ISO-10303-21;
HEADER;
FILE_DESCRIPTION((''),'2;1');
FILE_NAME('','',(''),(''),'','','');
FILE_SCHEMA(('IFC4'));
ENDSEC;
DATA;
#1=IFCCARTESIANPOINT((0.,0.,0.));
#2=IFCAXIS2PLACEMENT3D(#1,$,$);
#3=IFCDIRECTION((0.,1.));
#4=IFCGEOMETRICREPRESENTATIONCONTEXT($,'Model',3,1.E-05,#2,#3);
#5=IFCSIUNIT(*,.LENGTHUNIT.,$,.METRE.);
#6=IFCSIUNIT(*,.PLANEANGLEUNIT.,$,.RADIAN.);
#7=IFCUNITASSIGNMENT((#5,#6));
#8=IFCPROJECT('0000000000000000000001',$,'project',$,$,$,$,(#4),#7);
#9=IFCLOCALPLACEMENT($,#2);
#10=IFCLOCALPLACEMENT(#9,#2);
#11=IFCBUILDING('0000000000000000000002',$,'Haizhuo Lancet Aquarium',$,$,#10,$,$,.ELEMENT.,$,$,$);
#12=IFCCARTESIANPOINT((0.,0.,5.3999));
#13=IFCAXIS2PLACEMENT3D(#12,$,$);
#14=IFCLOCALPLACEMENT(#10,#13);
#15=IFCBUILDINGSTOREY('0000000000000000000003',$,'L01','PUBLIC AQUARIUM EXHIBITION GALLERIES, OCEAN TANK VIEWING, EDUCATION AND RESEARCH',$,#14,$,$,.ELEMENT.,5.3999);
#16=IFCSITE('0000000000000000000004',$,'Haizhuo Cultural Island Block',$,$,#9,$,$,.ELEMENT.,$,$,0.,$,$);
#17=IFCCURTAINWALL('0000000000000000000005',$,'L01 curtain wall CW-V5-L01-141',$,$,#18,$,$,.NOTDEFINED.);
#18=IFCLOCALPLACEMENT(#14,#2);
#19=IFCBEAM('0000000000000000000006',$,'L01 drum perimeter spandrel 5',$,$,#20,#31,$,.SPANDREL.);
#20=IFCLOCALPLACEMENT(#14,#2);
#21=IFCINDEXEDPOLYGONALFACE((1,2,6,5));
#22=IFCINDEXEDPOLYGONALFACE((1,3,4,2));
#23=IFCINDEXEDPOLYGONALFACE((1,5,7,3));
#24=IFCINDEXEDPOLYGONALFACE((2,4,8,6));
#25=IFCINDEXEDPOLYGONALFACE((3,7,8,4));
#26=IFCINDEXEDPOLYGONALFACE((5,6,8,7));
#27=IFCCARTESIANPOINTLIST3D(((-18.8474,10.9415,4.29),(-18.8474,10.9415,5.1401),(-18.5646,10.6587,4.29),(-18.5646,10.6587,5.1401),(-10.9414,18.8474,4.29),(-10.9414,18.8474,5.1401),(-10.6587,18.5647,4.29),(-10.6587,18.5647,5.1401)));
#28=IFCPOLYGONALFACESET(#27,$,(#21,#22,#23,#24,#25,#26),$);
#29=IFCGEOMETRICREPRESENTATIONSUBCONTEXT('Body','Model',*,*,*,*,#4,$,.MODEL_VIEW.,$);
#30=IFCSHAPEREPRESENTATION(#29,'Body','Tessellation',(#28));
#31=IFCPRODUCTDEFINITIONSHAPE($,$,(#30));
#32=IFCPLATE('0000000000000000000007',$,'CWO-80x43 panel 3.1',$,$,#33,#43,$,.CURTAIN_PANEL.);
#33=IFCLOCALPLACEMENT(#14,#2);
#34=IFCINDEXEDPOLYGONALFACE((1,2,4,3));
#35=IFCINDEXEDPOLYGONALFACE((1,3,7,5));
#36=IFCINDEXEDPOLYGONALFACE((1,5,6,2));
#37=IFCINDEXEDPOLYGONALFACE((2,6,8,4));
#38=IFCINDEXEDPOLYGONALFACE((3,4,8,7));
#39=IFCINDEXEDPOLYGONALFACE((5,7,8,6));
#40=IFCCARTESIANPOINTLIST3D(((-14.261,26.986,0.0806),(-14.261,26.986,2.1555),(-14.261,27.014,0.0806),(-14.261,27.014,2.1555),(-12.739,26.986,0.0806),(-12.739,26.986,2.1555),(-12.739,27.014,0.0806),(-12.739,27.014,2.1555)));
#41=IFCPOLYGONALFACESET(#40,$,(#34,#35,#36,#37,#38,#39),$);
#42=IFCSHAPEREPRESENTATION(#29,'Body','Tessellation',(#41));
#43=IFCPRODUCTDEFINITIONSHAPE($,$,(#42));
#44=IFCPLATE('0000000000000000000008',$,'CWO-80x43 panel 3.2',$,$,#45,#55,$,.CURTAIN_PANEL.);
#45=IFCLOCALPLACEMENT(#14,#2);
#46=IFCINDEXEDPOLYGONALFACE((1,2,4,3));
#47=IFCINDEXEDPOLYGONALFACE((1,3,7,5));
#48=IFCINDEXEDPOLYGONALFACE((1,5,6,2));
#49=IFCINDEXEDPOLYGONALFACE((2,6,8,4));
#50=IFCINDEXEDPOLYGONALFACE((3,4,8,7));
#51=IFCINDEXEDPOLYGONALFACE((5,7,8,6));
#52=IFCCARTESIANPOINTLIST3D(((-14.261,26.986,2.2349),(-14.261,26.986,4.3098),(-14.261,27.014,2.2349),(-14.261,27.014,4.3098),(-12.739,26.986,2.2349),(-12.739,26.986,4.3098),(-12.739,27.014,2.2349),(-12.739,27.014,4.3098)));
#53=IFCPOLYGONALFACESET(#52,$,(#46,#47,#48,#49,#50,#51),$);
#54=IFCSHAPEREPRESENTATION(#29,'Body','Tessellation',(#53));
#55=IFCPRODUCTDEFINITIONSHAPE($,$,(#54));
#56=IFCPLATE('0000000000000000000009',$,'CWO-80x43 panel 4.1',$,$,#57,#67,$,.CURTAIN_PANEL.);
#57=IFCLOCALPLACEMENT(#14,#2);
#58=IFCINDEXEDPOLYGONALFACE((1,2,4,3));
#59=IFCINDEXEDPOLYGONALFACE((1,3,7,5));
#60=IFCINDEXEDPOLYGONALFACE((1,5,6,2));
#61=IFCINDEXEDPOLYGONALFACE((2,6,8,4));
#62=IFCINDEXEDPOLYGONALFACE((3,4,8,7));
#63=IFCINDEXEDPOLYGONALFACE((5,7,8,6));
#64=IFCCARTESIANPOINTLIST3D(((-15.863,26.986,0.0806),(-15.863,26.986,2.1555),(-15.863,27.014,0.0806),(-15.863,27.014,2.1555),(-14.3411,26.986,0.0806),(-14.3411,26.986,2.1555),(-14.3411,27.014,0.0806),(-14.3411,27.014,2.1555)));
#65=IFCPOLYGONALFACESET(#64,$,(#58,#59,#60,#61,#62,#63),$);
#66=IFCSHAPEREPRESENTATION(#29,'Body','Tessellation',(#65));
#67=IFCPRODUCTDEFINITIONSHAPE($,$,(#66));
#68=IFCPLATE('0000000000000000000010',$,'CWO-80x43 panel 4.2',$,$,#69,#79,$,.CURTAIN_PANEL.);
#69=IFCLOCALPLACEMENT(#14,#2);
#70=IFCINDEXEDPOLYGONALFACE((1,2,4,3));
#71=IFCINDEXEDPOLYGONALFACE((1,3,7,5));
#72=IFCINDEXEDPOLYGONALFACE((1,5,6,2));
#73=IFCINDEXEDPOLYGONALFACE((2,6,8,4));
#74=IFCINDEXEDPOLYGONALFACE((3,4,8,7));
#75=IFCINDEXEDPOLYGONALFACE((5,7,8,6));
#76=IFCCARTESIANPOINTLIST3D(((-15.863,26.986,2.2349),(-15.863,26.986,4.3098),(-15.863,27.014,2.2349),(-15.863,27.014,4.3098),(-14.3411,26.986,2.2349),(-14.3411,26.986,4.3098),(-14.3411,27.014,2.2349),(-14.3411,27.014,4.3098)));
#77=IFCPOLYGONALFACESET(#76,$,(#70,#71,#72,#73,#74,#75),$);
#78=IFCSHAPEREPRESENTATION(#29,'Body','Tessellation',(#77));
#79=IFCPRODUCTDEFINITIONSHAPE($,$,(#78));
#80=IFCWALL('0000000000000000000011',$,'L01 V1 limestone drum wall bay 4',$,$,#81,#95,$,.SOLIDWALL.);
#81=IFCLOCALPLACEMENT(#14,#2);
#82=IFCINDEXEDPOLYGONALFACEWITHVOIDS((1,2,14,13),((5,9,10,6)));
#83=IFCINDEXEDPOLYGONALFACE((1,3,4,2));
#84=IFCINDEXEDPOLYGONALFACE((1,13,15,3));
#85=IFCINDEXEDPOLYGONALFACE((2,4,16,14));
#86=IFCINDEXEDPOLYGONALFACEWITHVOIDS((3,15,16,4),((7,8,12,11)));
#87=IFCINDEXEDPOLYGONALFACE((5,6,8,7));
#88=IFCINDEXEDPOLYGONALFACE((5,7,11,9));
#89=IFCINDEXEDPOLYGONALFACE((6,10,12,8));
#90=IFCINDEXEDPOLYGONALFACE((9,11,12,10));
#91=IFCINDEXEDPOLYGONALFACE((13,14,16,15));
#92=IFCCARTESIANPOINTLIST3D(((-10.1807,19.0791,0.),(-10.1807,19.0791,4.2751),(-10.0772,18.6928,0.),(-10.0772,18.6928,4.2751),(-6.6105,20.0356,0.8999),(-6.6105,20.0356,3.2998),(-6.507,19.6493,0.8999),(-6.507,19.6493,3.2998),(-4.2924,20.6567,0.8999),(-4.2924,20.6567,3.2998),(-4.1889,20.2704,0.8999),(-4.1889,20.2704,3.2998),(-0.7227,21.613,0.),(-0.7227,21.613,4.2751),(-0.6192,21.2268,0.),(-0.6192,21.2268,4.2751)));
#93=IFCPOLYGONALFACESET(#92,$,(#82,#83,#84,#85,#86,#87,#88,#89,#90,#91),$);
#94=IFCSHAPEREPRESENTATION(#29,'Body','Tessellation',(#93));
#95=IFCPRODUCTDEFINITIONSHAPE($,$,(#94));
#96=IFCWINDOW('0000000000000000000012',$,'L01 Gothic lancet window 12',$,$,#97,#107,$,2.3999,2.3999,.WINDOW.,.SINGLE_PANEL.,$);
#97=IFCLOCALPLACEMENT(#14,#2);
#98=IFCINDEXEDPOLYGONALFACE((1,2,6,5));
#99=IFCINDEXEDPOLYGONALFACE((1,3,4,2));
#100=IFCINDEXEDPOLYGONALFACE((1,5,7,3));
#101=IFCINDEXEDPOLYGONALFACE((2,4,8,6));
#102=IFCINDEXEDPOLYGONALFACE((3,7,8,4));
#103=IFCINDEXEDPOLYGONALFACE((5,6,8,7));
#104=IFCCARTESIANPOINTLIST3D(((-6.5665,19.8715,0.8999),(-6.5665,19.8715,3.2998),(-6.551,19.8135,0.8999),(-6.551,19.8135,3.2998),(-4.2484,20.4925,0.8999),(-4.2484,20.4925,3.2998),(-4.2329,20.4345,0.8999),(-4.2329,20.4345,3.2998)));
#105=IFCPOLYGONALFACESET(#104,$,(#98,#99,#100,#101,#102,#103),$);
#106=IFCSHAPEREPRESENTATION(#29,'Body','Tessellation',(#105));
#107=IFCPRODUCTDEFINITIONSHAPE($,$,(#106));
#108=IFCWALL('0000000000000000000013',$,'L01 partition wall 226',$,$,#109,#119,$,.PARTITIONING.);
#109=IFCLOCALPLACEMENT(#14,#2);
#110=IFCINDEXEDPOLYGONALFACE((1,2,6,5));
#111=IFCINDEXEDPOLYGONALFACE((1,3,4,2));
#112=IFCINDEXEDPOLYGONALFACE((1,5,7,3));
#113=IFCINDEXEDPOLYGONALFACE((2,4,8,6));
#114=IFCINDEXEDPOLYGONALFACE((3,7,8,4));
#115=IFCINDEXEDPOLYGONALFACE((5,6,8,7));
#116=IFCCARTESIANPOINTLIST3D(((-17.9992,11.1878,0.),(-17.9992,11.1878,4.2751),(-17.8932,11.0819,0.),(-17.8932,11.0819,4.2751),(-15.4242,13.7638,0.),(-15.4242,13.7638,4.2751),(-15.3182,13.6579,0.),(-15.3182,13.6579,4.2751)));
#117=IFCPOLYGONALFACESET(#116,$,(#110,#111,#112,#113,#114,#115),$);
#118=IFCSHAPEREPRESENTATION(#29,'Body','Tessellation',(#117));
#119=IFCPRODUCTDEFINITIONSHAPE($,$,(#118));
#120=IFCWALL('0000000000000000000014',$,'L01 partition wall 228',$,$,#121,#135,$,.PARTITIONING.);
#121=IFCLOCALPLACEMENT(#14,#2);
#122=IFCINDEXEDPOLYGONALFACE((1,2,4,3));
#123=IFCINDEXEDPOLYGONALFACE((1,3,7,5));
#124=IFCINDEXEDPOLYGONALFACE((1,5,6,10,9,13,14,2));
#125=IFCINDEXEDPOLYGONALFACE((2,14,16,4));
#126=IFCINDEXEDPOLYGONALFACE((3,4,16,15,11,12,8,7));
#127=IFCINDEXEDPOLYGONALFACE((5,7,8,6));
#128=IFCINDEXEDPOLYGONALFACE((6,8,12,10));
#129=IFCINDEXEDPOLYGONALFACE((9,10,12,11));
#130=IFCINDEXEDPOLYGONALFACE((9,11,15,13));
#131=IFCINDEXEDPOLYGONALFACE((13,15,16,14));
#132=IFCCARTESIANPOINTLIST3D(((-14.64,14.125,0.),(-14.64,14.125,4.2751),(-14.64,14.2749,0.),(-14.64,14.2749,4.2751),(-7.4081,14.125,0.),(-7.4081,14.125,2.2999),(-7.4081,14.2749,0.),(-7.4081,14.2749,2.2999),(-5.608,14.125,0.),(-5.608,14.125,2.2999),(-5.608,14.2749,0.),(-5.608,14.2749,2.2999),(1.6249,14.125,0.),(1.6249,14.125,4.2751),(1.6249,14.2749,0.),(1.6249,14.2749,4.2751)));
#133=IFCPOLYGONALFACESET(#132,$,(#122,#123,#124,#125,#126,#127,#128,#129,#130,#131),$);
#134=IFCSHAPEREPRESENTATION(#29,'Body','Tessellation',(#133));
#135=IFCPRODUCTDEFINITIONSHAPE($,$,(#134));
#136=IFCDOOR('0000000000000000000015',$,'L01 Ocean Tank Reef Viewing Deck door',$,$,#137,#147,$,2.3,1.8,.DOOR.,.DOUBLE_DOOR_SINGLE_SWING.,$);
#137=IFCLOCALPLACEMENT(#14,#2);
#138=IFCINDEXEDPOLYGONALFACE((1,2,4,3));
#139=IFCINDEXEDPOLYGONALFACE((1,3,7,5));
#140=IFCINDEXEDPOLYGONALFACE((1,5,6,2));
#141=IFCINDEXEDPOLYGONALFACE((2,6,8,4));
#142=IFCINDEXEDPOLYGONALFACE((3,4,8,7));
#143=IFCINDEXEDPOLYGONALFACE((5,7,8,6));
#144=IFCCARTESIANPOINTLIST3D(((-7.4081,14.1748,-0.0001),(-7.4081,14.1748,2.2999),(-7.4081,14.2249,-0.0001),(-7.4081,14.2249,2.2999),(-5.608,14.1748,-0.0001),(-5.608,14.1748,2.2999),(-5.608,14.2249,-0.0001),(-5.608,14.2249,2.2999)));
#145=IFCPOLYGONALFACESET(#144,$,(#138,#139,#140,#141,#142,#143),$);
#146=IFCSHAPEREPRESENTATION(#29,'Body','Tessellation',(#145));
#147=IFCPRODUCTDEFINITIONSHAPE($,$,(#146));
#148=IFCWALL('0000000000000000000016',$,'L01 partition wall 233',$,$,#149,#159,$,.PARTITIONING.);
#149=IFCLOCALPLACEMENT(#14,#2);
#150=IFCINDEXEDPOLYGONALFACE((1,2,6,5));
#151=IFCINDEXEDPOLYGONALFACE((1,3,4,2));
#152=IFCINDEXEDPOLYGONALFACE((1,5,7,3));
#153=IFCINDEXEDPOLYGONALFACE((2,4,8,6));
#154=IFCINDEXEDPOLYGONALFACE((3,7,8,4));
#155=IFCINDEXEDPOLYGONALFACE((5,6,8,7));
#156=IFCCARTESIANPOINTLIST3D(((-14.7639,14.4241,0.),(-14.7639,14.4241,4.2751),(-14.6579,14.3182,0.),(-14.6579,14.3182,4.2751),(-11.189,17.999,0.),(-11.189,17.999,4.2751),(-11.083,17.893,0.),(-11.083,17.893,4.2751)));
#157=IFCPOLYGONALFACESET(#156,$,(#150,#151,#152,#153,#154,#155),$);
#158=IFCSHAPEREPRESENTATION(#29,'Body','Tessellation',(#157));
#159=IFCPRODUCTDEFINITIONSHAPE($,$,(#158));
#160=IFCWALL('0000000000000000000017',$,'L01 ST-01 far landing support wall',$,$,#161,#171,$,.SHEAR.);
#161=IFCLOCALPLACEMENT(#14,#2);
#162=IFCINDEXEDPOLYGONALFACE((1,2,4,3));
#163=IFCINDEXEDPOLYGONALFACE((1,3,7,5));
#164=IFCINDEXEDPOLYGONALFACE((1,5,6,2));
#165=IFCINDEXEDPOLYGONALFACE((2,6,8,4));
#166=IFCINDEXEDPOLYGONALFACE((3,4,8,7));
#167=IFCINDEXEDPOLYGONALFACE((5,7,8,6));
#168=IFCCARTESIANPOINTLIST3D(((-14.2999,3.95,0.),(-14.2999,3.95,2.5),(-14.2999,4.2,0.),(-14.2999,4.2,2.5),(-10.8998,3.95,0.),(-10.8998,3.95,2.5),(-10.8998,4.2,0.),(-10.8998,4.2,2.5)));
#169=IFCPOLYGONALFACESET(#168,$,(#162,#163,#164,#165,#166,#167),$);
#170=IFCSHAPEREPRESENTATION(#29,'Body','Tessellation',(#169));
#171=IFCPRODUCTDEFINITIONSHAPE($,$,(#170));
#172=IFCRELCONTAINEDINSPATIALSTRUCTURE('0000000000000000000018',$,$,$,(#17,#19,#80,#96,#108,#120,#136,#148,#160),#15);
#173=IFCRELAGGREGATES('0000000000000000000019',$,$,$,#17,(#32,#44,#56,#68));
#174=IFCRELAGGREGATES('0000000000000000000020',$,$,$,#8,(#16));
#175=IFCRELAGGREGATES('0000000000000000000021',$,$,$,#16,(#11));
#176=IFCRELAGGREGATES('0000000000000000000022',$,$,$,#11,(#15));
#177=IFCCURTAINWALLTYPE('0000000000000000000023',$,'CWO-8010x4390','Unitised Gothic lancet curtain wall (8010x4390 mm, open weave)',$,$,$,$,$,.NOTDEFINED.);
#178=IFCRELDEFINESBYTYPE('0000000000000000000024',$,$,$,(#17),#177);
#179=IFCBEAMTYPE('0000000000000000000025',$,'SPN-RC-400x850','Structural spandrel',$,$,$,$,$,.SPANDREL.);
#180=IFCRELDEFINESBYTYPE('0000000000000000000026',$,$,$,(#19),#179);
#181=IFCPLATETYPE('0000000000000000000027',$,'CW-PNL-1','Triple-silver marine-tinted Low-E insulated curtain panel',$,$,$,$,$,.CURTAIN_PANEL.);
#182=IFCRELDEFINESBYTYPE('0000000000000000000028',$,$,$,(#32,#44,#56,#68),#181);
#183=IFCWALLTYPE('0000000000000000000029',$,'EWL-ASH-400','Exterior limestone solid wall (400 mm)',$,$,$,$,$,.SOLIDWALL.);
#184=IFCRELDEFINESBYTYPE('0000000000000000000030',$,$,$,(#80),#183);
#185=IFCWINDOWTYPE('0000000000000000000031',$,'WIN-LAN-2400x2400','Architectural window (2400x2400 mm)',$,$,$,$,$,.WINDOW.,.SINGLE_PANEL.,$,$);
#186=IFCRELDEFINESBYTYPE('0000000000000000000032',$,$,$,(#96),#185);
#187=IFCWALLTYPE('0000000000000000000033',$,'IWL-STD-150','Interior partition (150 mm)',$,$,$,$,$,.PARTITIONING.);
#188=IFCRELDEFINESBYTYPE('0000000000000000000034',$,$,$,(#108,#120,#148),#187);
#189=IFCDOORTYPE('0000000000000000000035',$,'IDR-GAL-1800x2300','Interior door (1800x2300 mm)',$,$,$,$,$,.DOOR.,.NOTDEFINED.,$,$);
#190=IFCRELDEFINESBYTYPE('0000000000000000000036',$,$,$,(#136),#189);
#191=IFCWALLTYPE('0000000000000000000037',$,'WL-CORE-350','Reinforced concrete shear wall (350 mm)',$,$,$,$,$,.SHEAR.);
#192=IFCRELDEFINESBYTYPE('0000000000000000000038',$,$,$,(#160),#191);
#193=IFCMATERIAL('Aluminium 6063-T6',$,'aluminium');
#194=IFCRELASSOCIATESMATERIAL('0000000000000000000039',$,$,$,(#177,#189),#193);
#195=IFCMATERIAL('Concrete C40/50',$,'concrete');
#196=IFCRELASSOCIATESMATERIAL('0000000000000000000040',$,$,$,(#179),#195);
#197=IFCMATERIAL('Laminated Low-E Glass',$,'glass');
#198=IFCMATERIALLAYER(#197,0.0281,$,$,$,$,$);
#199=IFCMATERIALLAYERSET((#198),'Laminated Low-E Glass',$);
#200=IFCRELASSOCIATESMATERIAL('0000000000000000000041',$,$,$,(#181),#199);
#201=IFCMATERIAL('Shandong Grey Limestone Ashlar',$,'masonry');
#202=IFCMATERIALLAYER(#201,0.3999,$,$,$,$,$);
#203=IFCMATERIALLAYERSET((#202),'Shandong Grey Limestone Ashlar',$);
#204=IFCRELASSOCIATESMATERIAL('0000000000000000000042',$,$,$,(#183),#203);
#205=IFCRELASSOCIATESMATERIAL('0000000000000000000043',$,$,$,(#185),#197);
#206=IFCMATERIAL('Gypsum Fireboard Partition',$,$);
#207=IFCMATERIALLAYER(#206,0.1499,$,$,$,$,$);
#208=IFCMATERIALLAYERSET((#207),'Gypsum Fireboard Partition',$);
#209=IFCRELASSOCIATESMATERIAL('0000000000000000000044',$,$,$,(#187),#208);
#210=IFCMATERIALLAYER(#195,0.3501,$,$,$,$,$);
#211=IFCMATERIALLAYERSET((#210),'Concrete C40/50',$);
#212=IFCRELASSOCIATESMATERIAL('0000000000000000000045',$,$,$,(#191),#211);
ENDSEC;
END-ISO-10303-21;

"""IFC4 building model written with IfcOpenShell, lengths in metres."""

from ifc_helpers import new_model, si_unit, direction, frame, frame_2d, origin, origin_2d, place, context, subcontext, project, spatial, rectangle, extrude, material, layer, layer_set, material_profile, profile_set, type_object, element, fill, aggregate, save


model = new_model("IFC4")

# Units and contexts
model_context = context("Model", 3, precision=1e-05, world=origin(), true_north=direction((0.0, 1.0)))
body_context = subcontext(model_context, "Body", "Model", "MODEL_VIEW")
ifc_project = project(units=[si_unit("LENGTHUNIT", "METRE"), si_unit("PLANEANGLEUNIT", "RADIAN")], contexts=[model_context])

# Site, building, storey
site_placement = place(None, origin())
site = spatial("IfcSite", under=ifc_project, at=site_placement, Name="Haizhuo Cultural Island Block", CompositionType="ELEMENT", RefElevation=0.0)
building_placement = place(site_placement, origin())
building = spatial("IfcBuilding", under=site, at=building_placement, Name="Haizhuo Lancet Aquarium", CompositionType="ELEMENT")
storey_placement = place(building_placement, frame((0.0, 0.0, 5.3999)))
storey = spatial("IfcBuildingStorey", under=building, at=storey_placement, Name="L01", Description="PUBLIC AQUARIUM EXHIBITION GALLERIES, OCEAN TANK VIEWING, EDUCATION AND RESEARCH", CompositionType="ELEMENT", Elevation=5.3999)

# Curtain wall
ifc_material_1 = material(Name="Aluminium 6063-T6", Category="aluminium")
curtain_wall_type = type_object("IfcCurtainWallType", Name="CWO-8010x4390", Description="Unitised Gothic lancet curtain wall (8010x4390 mm, open weave)", PredefinedType="NOTDEFINED", material=ifc_material_1)
curtain_wall_placement = place(storey_placement, origin())
curtain_wall = element("IfcCurtainWall", 1, at=curtain_wall_placement, inside=storey, type_object=curtain_wall_type, Name="L01 curtain wall CW-V5-L01-141", PredefinedType="NOTDEFINED")

# Beam
ifc_material_2 = material(Name="Concrete C40/50", Category="concrete")
ifc_material_profile_1 = material_profile(ifc_material_2, rectangle(XDim=0.3999, YDim=0.8501, at=origin_2d()), Name="RC-SP 400x850")
ifc_profile_set_1 = profile_set([ifc_material_profile_1], Name="Concrete C40/50")
beam_type = type_object("IfcBeamType", Name="SPN-RC-400x850", Description="Structural spandrel", PredefinedType="SPANDREL", material=ifc_profile_set_1)
beam_placement = place(storey_placement, frame((-10.8, 18.7061, 4.7151), z_axis=(-0.707107, -0.707107, 0.0), x_axis=(0.707107, -0.707107, 0.0)))
element("IfcBeam", 2, at=beam_placement, inside=storey, type_object=beam_type, Name="L01 drum perimeter spandrel 5", PredefinedType="SPANDREL", context=body_context, shape_type="SweptSolid", body=[
    extrude(rectangle(XDim=0.3999, YDim=0.8501, at=origin_2d()), origin(), (0.0, 0.0, 1.0), 11.1807),
])

# Plates
ifc_material_3 = material(Name="Laminated Low-E Glass", Category="glass")
ifc_layer_1 = layer(ifc_material_3, 0.0281)
ifc_layer_set_1 = layer_set([ifc_layer_1], Name="Laminated Low-E Glass")
plate_type = type_object("IfcPlateType", Name="CW-PNL-1", Description="Triple-silver marine-tinted Low-E insulated curtain panel", PredefinedType="CURTAIN_PANEL", material=ifc_layer_set_1)
plate_1_placement = place(storey_placement, frame((-13.5, 27.0, 0.0806), z_axis=(0.0, 0.0, 1.0), x_axis=(-1.0, 0.0, 0.0)))
plate_1 = element("IfcPlate", 3, at=plate_1_placement, type_object=plate_type, Name="CWO-80x43 panel 3.1", PredefinedType="CURTAIN_PANEL", context=body_context, shape_type="SweptSolid", body=[
    extrude(rectangle(XDim=1.522, YDim=0.0281, at=origin_2d()), origin(), (0.0, 0.0, 1.0), 2.075),
])
plate_2_placement = place(storey_placement, frame((-13.5, 27.0, 2.2349), z_axis=(0.0, 0.0, 1.0), x_axis=(-1.0, 0.0, 0.0)))
plate_2 = element("IfcPlate", 4, at=plate_2_placement, type_object=plate_type, Name="CWO-80x43 panel 3.2", PredefinedType="CURTAIN_PANEL", context=body_context, shape_type="SweptSolid", body=[
    extrude(rectangle(XDim=1.522, YDim=0.0281, at=origin_2d()), origin(), (0.0, 0.0, 1.0), 2.075),
])
plate_3_placement = place(storey_placement, frame((-15.1021, 27.0, 0.0806), z_axis=(0.0, 0.0, 1.0), x_axis=(-1.0, 0.0, 0.0)))
plate_3 = element("IfcPlate", 5, at=plate_3_placement, type_object=plate_type, Name="CWO-80x43 panel 4.1", PredefinedType="CURTAIN_PANEL", context=body_context, shape_type="SweptSolid", body=[
    extrude(rectangle(XDim=1.522, YDim=0.0281, at=origin_2d()), origin(), (0.0, 0.0, 1.0), 2.075),
])
plate_4_placement = place(storey_placement, frame((-15.1021, 27.0, 2.2349), z_axis=(0.0, 0.0, 1.0), x_axis=(-1.0, 0.0, 0.0)))
plate_4 = element("IfcPlate", 6, at=plate_4_placement, type_object=plate_type, Name="CWO-80x43 panel 4.2", PredefinedType="CURTAIN_PANEL", context=body_context, shape_type="SweptSolid", body=[
    extrude(rectangle(XDim=1.522, YDim=0.0281, at=origin_2d()), origin(), (0.0, 0.0, 1.0), 2.075),
])
aggregate(curtain_wall, [plate_1, plate_2, plate_3, plate_4])

# Wall, opening, window
ifc_material_4 = material(Name="Shandong Grey Limestone Ashlar", Category="masonry")
ifc_layer_2 = layer(ifc_material_4, 0.3999)
ifc_layer_set_2 = layer_set([ifc_layer_2], Name="Shandong Grey Limestone Ashlar")
wall_type_1 = type_object("IfcWallType", Name="EWL-ASH-400", Description="Exterior limestone solid wall (400 mm)", PredefinedType="SOLIDWALL", material=ifc_layer_set_2)
wall_1_placement = place(storey_placement, frame((-10.1289, 18.886, 0.0), z_axis=(0.0, 0.0, 1.0), x_axis=(0.965934, 0.258788, 0.0)))
wall_1 = element("IfcWall", 7, at=wall_1_placement, inside=storey, type_object=wall_type_1, Name="L01 V1 limestone drum wall bay 4", PredefinedType="SOLIDWALL", context=body_context, shape_type="SweptSolid", body=[
    extrude(rectangle(XDim=9.7915, YDim=0.3999, at=frame_2d((4.8958, 0.0))), origin(), (0.0, 0.0, 1.0), 4.2751),
])
opening_1_placement = place(wall_1_placement, frame((3.696, 0.0, 0.8999)))
opening_1 = element("IfcOpeningElement", 8, at=opening_1_placement, cuts=wall_1, PredefinedType="OPENING", context=body_context, shape_type="SweptSolid", body=[
    extrude(rectangle(XDim=2.3999, YDim=2.3999, at=frame_2d((1.2, 1.2))), frame((0.0, 0.21, 0.0), z_axis=(0.0, -1.0, 0.0), x_axis=(1.0, 0.0, 0.0)), (0.0, 0.0, 1.0), 0.4199),
])
window_type = type_object("IfcWindowType", Name="WIN-LAN-2400x2400", Description="Architectural window (2400x2400 mm)", PartitioningType="SINGLE_PANEL", PredefinedType="WINDOW", material=ifc_material_3)
window_placement = place(opening_1_placement, origin())
window = element("IfcWindow", 9, at=window_placement, inside=storey, type_object=window_type, Name="L01 Gothic lancet window 12", OverallHeight=2.3999, OverallWidth=2.3999, PartitioningType="SINGLE_PANEL", PredefinedType="WINDOW", context=body_context, shape_type="SweptSolid", body=[
    extrude(rectangle(XDim=2.3999, YDim=2.3999, at=frame_2d((1.2, 1.2))), frame((0.0, 0.03, 0.0), z_axis=(0.0, -1.0, 0.0), x_axis=(1.0, 0.0, 0.0)), (0.0, 0.0, 1.0), 0.0601),
])
fill(opening_1, window)

# Wall
ifc_material_5 = material(Name="Gypsum Fireboard Partition")
ifc_layer_3 = layer(ifc_material_5, 0.1499)
ifc_layer_set_3 = layer_set([ifc_layer_3], Name="Gypsum Fireboard Partition")
wall_type_2 = type_object("IfcWallType", Name="IWL-STD-150", Description="Interior partition (150 mm)", PredefinedType="PARTITIONING", material=ifc_layer_set_3)
wall_2_placement = place(storey_placement, frame((-15.3711, 13.7109, 0.0), z_axis=(0.0, 0.0, 1.0), x_axis=(-0.706973, -0.707241, 0.0)))
element("IfcWall", 10, at=wall_2_placement, inside=storey, type_object=wall_type_2, Name="L01 partition wall 226", PredefinedType="PARTITIONING", context=body_context, shape_type="SweptSolid", body=[
    extrude(rectangle(XDim=3.6423, YDim=0.1499, at=frame_2d((1.8213, 0.0))), origin(), (0.0, 0.0, 1.0), 4.2751),
])

# Wall, opening, door
wall_3_placement = place(storey_placement, frame((-14.6399, 14.2, 0.0), z_axis=(0.0, 0.0, 1.0), x_axis=(1.0, 0.0, 0.0)))
wall_3 = element("IfcWall", 11, at=wall_3_placement, inside=storey, type_object=wall_type_2, Name="L01 partition wall 228", PredefinedType="PARTITIONING", context=body_context, shape_type="SweptSolid", body=[
    extrude(rectangle(XDim=16.2649, YDim=0.1499, at=frame_2d((8.1323, 0.0))), origin(), (0.0, 0.0, 1.0), 4.2751),
])
opening_2_placement = place(wall_3_placement, frame((7.2319, 0.0, 0.0)))
opening_2 = element("IfcOpeningElement", 12, at=opening_2_placement, cuts=wall_3, PredefinedType="OPENING", context=body_context, shape_type="SweptSolid", body=[
    extrude(rectangle(XDim=1.8, YDim=2.3, at=frame_2d((0.8999, 1.1499))), frame((0.0, 0.085, 0.0), z_axis=(0.0, -1.0, 0.0), x_axis=(1.0, 0.0, 0.0)), (0.0, 0.0, 1.0), 0.1699),
])
door_type = type_object("IfcDoorType", Name="IDR-GAL-1800x2300", Description="Interior door (1800x2300 mm)", OperationType="NOTDEFINED", PredefinedType="DOOR", material=ifc_material_1)
door_placement = place(opening_2_placement, origin())
door = element("IfcDoor", 13, at=door_placement, inside=storey, type_object=door_type, Name="L01 Ocean Tank Reef Viewing Deck door", OperationType="DOUBLE_DOOR_SINGLE_SWING", OverallHeight=2.3, OverallWidth=1.8, PredefinedType="DOOR", context=body_context, shape_type="SweptSolid", body=[
    extrude(rectangle(XDim=1.8, YDim=2.3, at=frame_2d((0.8999, 1.1499))), frame((0.0, 0.0249, 0.0), z_axis=(0.0, -1.0, 0.0), x_axis=(1.0, 0.0, 0.0)), (0.0, 0.0, 1.0), 0.05),
])
fill(opening_2, door)

# Walls
wall_4_placement = place(storey_placement, frame((-11.136, 17.946, 0.0), z_axis=(0.0, 0.0, 1.0), x_axis=(-0.707107, -0.707107, 0.0)))
element("IfcWall", 14, at=wall_4_placement, inside=storey, type_object=wall_type_2, Name="L01 partition wall 233", PredefinedType="PARTITIONING", context=body_context, shape_type="SweptSolid", body=[
    extrude(rectangle(XDim=5.0557, YDim=0.1499, at=frame_2d((2.5278, 0.0))), origin(), (0.0, 0.0, 1.0), 4.2751),
])
ifc_layer_4 = layer(ifc_material_2, 0.3501)
ifc_layer_set_4 = layer_set([ifc_layer_4], Name="Concrete C40/50")
wall_type_3 = type_object("IfcWallType", Name="WL-CORE-350", Description="Reinforced concrete shear wall (350 mm)", PredefinedType="SHEAR", material=ifc_layer_set_4)
wall_5_placement = place(storey_placement, frame((-14.3, 4.075, 0.0), z_axis=(0.0, 0.0, 1.0), x_axis=(1.0, 0.0, 0.0)))
element("IfcWall", 15, at=wall_5_placement, inside=storey, type_object=wall_type_3, Name="L01 ST-01 far landing support wall", PredefinedType="SHEAR", context=body_context, shape_type="SweptSolid", body=[
    extrude(rectangle(XDim=3.4001, YDim=0.25, at=frame_2d((1.7002, 0.0))), origin(), (0.0, 0.0, 1.0), 2.5),
])

save(model, "model.ifc")
